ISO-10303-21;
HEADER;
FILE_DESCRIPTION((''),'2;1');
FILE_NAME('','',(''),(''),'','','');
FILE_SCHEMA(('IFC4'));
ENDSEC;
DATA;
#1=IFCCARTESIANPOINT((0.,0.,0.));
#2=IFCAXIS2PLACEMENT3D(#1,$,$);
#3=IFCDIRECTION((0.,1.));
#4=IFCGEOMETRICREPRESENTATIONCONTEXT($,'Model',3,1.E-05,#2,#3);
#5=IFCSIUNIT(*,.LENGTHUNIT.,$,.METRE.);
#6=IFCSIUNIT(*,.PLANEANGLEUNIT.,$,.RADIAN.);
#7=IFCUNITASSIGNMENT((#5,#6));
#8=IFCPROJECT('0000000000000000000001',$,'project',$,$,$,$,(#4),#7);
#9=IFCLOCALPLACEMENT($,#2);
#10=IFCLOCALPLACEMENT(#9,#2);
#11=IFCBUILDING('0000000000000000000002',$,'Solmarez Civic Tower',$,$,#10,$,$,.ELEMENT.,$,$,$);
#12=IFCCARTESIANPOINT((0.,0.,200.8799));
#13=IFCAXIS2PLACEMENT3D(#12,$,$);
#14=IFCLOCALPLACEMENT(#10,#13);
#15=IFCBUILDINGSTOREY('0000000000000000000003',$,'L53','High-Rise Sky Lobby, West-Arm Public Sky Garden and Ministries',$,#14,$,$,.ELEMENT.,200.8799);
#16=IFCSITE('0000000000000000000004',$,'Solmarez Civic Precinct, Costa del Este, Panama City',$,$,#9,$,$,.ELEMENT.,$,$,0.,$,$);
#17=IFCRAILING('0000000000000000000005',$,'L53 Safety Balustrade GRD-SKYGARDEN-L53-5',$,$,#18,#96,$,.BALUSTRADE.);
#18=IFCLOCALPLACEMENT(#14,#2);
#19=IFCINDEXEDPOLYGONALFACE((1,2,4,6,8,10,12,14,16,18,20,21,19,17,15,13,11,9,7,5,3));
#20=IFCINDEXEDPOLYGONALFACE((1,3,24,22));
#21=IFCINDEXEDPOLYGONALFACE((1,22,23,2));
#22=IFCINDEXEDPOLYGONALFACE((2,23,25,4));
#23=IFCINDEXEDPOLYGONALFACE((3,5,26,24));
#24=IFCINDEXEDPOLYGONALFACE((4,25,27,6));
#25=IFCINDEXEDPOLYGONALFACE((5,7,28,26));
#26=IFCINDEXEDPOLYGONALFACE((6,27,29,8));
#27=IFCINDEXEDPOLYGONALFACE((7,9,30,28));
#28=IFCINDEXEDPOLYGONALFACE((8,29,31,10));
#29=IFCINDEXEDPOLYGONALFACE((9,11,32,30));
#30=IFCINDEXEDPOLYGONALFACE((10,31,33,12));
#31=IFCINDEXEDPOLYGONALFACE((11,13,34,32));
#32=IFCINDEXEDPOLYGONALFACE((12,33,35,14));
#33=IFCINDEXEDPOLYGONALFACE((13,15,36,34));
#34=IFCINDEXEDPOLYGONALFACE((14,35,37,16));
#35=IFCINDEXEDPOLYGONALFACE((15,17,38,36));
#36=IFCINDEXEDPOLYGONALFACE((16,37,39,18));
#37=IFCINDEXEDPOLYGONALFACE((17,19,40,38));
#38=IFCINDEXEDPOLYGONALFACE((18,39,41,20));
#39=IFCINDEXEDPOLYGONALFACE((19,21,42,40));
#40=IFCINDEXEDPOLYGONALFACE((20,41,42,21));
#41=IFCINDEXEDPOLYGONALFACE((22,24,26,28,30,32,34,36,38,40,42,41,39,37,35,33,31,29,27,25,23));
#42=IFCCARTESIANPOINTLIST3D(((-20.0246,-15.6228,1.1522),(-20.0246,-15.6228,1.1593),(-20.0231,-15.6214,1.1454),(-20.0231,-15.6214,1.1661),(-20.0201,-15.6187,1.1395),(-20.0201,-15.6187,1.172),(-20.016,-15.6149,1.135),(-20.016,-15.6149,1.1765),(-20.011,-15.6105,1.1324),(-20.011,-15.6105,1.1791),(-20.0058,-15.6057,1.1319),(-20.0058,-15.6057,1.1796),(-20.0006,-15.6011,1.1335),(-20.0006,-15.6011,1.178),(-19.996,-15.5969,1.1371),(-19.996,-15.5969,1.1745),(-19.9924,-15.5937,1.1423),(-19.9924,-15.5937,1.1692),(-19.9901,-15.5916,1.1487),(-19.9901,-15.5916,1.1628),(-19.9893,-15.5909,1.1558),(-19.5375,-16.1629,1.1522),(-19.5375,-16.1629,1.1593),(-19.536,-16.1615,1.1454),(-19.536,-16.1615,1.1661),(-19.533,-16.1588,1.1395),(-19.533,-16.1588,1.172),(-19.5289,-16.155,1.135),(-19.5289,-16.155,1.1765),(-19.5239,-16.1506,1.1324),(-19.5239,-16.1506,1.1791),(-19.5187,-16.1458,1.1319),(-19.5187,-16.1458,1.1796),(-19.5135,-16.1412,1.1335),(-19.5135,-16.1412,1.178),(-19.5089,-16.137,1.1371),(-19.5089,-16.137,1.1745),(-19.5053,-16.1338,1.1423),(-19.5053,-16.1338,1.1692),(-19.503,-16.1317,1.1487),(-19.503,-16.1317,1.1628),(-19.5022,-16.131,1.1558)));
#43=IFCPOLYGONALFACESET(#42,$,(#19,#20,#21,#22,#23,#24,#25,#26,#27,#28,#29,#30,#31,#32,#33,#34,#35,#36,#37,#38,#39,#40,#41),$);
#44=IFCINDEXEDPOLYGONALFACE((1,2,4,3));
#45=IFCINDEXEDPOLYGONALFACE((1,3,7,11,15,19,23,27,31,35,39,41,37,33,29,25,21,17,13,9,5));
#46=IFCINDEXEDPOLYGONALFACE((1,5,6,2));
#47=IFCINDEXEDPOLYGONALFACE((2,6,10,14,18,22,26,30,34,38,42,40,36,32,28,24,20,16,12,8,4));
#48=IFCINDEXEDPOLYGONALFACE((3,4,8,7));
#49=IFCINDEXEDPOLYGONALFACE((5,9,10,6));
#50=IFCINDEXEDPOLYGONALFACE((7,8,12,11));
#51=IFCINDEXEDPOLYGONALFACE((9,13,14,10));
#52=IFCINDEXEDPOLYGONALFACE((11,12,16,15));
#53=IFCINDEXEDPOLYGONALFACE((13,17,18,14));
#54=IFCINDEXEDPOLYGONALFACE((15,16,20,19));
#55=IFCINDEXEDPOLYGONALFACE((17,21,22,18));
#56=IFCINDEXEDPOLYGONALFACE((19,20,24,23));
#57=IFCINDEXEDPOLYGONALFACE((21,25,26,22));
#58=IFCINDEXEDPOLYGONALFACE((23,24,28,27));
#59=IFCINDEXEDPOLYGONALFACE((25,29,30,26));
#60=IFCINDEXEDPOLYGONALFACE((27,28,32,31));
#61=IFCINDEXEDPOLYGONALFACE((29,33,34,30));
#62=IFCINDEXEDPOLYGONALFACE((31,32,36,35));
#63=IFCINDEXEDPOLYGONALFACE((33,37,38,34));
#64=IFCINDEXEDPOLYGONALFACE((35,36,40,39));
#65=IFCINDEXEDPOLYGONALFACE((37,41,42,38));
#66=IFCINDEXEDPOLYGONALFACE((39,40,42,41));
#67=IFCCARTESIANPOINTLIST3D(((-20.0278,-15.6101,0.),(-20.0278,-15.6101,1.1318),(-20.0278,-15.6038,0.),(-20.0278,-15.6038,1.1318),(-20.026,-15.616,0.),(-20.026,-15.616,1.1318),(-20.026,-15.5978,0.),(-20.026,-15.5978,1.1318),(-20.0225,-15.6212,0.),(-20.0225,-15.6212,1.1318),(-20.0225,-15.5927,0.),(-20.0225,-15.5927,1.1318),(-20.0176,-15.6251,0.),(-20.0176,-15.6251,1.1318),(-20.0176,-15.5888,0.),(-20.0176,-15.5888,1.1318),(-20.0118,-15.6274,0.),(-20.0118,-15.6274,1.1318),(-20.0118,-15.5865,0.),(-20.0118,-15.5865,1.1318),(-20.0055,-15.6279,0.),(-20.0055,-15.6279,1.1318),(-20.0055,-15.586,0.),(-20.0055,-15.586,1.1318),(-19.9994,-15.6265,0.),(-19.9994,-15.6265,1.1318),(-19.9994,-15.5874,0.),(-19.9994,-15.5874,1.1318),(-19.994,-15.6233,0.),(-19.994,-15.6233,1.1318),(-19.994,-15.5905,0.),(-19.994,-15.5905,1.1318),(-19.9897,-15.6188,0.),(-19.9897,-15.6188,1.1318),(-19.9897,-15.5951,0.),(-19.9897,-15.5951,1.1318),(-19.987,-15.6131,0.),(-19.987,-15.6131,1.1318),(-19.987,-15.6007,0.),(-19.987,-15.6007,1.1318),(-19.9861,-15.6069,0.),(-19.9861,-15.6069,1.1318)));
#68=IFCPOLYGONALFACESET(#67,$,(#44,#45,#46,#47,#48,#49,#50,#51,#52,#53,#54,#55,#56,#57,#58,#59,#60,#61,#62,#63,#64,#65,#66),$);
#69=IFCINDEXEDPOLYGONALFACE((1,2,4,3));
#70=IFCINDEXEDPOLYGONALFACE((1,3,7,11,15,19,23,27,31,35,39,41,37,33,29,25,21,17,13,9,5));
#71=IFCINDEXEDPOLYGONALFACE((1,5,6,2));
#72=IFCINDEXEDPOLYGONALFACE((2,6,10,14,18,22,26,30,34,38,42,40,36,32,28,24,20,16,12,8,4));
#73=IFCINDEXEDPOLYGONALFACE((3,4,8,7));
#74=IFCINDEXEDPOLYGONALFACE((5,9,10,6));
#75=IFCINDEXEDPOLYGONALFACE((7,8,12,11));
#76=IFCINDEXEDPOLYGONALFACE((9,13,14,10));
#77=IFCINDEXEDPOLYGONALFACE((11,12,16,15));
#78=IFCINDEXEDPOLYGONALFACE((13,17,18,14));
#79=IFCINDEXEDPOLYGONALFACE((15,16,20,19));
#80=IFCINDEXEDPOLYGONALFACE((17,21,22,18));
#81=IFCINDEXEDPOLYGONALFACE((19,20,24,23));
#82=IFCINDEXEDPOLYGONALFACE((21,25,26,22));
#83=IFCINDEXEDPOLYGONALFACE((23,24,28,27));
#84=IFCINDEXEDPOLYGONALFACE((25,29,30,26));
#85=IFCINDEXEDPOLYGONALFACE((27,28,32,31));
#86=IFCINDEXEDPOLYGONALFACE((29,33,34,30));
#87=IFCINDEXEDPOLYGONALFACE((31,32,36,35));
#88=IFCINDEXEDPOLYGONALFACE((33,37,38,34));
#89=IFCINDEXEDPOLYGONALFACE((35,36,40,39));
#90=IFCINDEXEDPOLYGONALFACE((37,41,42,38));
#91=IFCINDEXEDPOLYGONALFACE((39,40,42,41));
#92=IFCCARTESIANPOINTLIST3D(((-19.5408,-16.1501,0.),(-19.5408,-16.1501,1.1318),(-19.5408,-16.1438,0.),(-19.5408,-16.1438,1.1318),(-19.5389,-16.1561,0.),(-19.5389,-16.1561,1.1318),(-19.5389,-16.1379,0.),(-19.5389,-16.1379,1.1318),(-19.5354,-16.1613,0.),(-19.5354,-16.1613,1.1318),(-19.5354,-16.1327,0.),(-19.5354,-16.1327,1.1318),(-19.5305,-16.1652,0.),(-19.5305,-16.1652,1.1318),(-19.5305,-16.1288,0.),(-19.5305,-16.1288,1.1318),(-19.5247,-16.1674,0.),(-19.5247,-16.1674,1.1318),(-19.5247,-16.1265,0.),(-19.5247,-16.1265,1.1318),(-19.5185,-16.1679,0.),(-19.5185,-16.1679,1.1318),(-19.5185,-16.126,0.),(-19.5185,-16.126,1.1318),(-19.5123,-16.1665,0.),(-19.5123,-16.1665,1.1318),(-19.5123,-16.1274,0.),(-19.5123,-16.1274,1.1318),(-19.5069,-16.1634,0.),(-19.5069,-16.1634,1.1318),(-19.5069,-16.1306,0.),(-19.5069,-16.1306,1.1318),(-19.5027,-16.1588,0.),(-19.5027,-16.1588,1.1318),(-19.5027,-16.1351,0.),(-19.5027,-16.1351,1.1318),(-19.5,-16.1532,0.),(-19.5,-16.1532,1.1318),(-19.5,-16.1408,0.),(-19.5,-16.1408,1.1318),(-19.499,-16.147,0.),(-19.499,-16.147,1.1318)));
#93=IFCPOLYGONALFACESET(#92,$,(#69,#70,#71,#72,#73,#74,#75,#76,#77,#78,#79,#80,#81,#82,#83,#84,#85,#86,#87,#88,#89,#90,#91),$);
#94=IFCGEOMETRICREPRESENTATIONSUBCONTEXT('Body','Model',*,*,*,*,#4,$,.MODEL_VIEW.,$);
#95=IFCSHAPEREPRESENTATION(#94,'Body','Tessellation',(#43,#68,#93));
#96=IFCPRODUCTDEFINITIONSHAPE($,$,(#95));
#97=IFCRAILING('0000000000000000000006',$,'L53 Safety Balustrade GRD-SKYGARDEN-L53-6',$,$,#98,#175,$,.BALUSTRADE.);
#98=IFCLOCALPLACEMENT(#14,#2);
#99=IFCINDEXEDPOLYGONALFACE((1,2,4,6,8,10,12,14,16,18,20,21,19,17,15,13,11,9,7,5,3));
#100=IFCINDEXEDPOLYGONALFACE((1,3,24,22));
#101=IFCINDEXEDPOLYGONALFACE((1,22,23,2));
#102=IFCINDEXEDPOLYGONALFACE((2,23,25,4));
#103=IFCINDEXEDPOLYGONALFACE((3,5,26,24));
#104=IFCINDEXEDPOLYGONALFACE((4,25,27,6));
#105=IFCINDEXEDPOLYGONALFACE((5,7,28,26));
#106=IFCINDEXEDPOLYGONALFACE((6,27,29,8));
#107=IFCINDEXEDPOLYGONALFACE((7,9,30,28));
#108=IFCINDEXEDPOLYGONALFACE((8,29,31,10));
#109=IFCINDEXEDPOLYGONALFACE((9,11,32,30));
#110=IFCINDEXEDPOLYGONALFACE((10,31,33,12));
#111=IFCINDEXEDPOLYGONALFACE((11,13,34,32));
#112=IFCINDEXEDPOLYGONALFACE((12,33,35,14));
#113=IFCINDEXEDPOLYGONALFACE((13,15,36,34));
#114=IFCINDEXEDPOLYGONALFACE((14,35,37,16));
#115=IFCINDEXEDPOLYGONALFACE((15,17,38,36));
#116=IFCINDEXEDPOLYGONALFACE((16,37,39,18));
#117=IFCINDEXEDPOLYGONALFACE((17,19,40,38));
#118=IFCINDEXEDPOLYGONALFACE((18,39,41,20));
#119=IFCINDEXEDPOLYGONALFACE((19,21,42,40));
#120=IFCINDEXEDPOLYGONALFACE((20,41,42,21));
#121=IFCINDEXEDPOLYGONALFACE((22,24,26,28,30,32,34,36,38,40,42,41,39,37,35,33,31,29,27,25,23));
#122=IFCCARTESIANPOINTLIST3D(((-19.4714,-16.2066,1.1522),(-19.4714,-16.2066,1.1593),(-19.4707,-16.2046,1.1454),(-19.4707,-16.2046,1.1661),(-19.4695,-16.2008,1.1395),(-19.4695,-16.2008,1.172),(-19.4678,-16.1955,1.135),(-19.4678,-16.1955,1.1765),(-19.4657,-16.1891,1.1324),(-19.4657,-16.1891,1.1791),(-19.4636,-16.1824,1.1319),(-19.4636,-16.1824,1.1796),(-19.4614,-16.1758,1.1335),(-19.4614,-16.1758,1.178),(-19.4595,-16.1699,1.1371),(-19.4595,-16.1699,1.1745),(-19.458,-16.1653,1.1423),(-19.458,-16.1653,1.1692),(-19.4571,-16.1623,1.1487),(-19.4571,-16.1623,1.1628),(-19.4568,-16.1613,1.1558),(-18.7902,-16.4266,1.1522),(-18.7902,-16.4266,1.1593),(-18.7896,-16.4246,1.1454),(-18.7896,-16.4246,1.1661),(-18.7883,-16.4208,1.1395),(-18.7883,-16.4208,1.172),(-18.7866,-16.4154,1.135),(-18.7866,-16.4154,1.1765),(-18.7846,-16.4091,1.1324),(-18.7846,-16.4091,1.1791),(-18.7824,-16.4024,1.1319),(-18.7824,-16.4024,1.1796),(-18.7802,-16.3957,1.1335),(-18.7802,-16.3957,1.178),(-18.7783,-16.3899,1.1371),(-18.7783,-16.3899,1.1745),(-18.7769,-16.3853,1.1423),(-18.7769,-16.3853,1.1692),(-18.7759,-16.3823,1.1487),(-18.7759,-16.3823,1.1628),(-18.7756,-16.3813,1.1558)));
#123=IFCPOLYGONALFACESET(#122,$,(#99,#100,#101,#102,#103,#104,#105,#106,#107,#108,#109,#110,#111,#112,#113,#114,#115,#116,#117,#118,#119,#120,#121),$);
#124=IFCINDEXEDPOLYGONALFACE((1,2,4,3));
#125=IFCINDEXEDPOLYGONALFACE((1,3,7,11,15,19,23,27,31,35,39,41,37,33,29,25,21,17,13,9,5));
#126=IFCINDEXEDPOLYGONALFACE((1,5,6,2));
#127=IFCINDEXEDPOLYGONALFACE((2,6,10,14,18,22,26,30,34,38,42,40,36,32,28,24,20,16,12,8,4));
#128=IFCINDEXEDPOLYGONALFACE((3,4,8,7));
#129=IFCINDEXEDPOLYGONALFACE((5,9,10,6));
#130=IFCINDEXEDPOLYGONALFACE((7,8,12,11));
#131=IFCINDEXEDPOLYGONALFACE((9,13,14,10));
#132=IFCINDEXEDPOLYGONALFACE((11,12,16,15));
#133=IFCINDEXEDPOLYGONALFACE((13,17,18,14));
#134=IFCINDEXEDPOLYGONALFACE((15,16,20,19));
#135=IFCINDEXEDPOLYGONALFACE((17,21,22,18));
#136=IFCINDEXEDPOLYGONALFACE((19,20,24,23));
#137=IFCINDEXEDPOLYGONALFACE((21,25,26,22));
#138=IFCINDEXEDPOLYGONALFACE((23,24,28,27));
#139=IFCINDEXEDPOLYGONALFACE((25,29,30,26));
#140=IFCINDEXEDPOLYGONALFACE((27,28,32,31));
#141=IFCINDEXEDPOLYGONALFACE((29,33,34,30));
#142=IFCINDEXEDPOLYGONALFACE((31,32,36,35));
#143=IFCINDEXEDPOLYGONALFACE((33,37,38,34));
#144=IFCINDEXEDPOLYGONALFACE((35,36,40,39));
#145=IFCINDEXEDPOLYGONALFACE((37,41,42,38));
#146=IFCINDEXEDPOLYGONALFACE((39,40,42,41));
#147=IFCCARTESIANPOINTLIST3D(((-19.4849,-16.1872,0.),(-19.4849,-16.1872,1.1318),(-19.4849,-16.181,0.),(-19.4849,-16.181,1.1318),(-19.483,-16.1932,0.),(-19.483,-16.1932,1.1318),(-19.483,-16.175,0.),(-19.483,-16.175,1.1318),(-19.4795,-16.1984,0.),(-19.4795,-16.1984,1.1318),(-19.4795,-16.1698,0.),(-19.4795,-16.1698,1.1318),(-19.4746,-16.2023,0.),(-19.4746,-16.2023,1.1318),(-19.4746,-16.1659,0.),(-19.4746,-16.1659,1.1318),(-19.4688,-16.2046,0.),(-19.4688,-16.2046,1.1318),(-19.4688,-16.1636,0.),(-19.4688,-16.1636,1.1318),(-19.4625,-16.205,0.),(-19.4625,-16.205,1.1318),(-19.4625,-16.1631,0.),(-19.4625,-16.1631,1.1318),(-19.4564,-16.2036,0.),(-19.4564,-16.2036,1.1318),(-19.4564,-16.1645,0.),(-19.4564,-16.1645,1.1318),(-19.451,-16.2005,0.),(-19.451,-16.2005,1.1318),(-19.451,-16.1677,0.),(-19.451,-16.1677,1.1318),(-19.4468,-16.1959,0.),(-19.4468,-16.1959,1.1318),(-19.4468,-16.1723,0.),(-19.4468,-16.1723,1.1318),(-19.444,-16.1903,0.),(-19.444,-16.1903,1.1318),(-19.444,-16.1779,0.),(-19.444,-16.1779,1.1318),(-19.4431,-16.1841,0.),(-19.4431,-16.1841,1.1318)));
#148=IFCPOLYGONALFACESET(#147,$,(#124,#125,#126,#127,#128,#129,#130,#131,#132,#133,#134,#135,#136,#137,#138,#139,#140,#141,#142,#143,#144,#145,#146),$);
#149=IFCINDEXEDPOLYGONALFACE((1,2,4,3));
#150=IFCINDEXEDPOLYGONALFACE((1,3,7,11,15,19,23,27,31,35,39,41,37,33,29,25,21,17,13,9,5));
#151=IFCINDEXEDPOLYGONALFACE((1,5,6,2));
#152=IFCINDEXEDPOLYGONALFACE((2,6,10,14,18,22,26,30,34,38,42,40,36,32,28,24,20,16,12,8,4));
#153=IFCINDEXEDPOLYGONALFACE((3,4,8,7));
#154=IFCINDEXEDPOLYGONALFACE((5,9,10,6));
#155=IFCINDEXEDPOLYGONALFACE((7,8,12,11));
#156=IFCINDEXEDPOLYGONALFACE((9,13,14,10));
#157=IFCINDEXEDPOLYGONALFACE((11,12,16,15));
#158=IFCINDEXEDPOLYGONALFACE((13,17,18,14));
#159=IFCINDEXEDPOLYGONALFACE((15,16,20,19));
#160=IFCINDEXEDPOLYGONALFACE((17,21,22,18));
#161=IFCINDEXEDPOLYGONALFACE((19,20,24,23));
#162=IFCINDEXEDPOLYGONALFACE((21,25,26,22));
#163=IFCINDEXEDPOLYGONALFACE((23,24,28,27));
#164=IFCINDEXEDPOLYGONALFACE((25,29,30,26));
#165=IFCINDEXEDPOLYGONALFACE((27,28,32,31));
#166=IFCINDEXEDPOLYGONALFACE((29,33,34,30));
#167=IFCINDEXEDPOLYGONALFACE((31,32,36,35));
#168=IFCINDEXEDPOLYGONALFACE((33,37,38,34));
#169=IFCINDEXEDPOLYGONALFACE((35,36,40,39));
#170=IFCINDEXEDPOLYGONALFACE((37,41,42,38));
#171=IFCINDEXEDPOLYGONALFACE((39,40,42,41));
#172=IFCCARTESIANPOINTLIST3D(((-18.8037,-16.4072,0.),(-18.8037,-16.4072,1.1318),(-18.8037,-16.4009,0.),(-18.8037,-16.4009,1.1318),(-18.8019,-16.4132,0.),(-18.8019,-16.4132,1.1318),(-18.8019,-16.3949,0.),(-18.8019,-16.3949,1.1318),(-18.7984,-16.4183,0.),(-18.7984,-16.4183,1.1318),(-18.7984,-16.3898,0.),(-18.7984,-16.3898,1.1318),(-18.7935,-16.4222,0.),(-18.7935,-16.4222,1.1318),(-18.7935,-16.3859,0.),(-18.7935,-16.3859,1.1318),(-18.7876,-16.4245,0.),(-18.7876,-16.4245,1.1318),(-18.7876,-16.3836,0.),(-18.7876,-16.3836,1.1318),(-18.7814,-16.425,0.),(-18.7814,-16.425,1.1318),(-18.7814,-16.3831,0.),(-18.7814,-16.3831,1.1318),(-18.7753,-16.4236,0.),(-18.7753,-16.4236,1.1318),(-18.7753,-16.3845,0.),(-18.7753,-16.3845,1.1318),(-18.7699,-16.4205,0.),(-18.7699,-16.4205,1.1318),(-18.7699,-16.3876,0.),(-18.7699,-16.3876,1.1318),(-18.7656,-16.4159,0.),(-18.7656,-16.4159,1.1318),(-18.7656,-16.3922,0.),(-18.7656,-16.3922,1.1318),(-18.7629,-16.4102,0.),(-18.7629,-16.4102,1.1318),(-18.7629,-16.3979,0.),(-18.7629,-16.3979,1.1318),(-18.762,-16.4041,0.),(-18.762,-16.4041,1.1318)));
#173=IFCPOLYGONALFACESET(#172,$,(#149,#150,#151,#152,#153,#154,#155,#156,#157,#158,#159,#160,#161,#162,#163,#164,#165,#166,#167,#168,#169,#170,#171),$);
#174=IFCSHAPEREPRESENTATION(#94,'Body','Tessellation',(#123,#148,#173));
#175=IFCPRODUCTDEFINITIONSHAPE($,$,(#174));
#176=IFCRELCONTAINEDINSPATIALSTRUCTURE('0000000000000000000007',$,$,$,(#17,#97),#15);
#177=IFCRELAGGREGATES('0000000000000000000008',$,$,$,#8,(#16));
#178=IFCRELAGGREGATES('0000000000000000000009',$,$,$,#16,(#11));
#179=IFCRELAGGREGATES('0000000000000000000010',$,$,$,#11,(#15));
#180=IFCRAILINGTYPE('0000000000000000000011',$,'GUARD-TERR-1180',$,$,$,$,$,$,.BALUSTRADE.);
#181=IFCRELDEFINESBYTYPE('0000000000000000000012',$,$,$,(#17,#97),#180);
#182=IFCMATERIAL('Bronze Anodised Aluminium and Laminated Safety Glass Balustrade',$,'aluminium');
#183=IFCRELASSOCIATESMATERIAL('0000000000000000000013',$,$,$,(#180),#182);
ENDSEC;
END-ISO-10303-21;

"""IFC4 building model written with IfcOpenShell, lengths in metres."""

from ifc_helpers import new_model, si_unit, direction, frame, origin, origin_2d, place, context, subcontext, project, spatial, circle, extrude, material, type_object, element, save


model = new_model("IFC4")

# Units and contexts
model_context = context("Model", 3, precision=1e-05, world=origin(), true_north=direction((0.0, 1.0)))
body_context = subcontext(model_context, "Body", "Model", "MODEL_VIEW")
ifc_project = project(units=[si_unit("LENGTHUNIT", "METRE"), si_unit("PLANEANGLEUNIT", "RADIAN")], contexts=[model_context])

# Site, building, storey
site_placement = place(None, origin())
site = spatial("IfcSite", under=ifc_project, at=site_placement, Name="Solmarez Civic Precinct, Costa del Este, Panama City", CompositionType="ELEMENT", RefElevation=0.0)
building_placement = place(site_placement, origin())
building = spatial("IfcBuilding", under=site, at=building_placement, Name="Solmarez Civic Tower", CompositionType="ELEMENT")
storey_placement = place(building_placement, frame((0.0, 0.0, 200.8799)))
storey = spatial("IfcBuildingStorey", under=building, at=storey_placement, Name="L53", Description="High-Rise Sky Lobby, West-Arm Public Sky Garden and Ministries", CompositionType="ELEMENT", Elevation=200.8799)

# Railings
ifc_material_1 = material(Name="Bronze Anodised Aluminium and Laminated Safety Glass Balustrade", Category="aluminium")
railing_type = type_object("IfcRailingType", Name="GUARD-TERR-1180", PredefinedType="BALUSTRADE", material=ifc_material_1)
railing_1_placement = place(storey_placement, frame((-20.0071, -15.6069, 0.0)))
element("IfcRailing", 1, at=railing_1_placement, inside=storey, type_object=railing_type, Name="L53 Safety Balustrade GRD-SKYGARDEN-L53-5", PredefinedType="BALUSTRADE", context=body_context, shape_type="SweptSolid", body=[
    extrude(circle(Radius=0.0239, at=origin_2d()), frame((0.0, 0.0, 1.1558), z_axis=(0.669743, -0.742593, 0.0), x_axis=(0.742593, 0.669743, 0.0)), (0.0, 0.0, 1.0), 0.7273),
    extrude(circle(Radius=0.021, at=origin_2d()), origin(), (0.0, 0.0, 1.0), 1.1318),
    extrude(circle(Radius=0.021, at=origin_2d()), frame((0.4871, -0.54, 0.0)), (0.0, 0.0, 1.0), 1.1318),
])
railing_2_placement = place(storey_placement, frame((-19.4641, -16.1841, 0.0)))
element("IfcRailing", 2, at=railing_2_placement, inside=storey, type_object=railing_type, Name="L53 Safety Balustrade GRD-SKYGARDEN-L53-6", PredefinedType="BALUSTRADE", context=body_context, shape_type="SweptSolid", body=[
    extrude(circle(Radius=0.0239, at=origin_2d()), frame((0.0, 0.0, 1.1558), z_axis=(0.951609, -0.307312, 0.0), x_axis=(0.307312, 0.951609, 0.0)), (0.0, 0.0, 1.0), 0.7158),
    extrude(circle(Radius=0.021, at=origin_2d()), origin(), (0.0, 0.0, 1.0), 1.1318),
    extrude(circle(Radius=0.021, at=origin_2d()), frame((0.6812, -0.22, 0.0)), (0.0, 0.0, 1.0), 1.1318),
])

save(model, "model.ifc")
